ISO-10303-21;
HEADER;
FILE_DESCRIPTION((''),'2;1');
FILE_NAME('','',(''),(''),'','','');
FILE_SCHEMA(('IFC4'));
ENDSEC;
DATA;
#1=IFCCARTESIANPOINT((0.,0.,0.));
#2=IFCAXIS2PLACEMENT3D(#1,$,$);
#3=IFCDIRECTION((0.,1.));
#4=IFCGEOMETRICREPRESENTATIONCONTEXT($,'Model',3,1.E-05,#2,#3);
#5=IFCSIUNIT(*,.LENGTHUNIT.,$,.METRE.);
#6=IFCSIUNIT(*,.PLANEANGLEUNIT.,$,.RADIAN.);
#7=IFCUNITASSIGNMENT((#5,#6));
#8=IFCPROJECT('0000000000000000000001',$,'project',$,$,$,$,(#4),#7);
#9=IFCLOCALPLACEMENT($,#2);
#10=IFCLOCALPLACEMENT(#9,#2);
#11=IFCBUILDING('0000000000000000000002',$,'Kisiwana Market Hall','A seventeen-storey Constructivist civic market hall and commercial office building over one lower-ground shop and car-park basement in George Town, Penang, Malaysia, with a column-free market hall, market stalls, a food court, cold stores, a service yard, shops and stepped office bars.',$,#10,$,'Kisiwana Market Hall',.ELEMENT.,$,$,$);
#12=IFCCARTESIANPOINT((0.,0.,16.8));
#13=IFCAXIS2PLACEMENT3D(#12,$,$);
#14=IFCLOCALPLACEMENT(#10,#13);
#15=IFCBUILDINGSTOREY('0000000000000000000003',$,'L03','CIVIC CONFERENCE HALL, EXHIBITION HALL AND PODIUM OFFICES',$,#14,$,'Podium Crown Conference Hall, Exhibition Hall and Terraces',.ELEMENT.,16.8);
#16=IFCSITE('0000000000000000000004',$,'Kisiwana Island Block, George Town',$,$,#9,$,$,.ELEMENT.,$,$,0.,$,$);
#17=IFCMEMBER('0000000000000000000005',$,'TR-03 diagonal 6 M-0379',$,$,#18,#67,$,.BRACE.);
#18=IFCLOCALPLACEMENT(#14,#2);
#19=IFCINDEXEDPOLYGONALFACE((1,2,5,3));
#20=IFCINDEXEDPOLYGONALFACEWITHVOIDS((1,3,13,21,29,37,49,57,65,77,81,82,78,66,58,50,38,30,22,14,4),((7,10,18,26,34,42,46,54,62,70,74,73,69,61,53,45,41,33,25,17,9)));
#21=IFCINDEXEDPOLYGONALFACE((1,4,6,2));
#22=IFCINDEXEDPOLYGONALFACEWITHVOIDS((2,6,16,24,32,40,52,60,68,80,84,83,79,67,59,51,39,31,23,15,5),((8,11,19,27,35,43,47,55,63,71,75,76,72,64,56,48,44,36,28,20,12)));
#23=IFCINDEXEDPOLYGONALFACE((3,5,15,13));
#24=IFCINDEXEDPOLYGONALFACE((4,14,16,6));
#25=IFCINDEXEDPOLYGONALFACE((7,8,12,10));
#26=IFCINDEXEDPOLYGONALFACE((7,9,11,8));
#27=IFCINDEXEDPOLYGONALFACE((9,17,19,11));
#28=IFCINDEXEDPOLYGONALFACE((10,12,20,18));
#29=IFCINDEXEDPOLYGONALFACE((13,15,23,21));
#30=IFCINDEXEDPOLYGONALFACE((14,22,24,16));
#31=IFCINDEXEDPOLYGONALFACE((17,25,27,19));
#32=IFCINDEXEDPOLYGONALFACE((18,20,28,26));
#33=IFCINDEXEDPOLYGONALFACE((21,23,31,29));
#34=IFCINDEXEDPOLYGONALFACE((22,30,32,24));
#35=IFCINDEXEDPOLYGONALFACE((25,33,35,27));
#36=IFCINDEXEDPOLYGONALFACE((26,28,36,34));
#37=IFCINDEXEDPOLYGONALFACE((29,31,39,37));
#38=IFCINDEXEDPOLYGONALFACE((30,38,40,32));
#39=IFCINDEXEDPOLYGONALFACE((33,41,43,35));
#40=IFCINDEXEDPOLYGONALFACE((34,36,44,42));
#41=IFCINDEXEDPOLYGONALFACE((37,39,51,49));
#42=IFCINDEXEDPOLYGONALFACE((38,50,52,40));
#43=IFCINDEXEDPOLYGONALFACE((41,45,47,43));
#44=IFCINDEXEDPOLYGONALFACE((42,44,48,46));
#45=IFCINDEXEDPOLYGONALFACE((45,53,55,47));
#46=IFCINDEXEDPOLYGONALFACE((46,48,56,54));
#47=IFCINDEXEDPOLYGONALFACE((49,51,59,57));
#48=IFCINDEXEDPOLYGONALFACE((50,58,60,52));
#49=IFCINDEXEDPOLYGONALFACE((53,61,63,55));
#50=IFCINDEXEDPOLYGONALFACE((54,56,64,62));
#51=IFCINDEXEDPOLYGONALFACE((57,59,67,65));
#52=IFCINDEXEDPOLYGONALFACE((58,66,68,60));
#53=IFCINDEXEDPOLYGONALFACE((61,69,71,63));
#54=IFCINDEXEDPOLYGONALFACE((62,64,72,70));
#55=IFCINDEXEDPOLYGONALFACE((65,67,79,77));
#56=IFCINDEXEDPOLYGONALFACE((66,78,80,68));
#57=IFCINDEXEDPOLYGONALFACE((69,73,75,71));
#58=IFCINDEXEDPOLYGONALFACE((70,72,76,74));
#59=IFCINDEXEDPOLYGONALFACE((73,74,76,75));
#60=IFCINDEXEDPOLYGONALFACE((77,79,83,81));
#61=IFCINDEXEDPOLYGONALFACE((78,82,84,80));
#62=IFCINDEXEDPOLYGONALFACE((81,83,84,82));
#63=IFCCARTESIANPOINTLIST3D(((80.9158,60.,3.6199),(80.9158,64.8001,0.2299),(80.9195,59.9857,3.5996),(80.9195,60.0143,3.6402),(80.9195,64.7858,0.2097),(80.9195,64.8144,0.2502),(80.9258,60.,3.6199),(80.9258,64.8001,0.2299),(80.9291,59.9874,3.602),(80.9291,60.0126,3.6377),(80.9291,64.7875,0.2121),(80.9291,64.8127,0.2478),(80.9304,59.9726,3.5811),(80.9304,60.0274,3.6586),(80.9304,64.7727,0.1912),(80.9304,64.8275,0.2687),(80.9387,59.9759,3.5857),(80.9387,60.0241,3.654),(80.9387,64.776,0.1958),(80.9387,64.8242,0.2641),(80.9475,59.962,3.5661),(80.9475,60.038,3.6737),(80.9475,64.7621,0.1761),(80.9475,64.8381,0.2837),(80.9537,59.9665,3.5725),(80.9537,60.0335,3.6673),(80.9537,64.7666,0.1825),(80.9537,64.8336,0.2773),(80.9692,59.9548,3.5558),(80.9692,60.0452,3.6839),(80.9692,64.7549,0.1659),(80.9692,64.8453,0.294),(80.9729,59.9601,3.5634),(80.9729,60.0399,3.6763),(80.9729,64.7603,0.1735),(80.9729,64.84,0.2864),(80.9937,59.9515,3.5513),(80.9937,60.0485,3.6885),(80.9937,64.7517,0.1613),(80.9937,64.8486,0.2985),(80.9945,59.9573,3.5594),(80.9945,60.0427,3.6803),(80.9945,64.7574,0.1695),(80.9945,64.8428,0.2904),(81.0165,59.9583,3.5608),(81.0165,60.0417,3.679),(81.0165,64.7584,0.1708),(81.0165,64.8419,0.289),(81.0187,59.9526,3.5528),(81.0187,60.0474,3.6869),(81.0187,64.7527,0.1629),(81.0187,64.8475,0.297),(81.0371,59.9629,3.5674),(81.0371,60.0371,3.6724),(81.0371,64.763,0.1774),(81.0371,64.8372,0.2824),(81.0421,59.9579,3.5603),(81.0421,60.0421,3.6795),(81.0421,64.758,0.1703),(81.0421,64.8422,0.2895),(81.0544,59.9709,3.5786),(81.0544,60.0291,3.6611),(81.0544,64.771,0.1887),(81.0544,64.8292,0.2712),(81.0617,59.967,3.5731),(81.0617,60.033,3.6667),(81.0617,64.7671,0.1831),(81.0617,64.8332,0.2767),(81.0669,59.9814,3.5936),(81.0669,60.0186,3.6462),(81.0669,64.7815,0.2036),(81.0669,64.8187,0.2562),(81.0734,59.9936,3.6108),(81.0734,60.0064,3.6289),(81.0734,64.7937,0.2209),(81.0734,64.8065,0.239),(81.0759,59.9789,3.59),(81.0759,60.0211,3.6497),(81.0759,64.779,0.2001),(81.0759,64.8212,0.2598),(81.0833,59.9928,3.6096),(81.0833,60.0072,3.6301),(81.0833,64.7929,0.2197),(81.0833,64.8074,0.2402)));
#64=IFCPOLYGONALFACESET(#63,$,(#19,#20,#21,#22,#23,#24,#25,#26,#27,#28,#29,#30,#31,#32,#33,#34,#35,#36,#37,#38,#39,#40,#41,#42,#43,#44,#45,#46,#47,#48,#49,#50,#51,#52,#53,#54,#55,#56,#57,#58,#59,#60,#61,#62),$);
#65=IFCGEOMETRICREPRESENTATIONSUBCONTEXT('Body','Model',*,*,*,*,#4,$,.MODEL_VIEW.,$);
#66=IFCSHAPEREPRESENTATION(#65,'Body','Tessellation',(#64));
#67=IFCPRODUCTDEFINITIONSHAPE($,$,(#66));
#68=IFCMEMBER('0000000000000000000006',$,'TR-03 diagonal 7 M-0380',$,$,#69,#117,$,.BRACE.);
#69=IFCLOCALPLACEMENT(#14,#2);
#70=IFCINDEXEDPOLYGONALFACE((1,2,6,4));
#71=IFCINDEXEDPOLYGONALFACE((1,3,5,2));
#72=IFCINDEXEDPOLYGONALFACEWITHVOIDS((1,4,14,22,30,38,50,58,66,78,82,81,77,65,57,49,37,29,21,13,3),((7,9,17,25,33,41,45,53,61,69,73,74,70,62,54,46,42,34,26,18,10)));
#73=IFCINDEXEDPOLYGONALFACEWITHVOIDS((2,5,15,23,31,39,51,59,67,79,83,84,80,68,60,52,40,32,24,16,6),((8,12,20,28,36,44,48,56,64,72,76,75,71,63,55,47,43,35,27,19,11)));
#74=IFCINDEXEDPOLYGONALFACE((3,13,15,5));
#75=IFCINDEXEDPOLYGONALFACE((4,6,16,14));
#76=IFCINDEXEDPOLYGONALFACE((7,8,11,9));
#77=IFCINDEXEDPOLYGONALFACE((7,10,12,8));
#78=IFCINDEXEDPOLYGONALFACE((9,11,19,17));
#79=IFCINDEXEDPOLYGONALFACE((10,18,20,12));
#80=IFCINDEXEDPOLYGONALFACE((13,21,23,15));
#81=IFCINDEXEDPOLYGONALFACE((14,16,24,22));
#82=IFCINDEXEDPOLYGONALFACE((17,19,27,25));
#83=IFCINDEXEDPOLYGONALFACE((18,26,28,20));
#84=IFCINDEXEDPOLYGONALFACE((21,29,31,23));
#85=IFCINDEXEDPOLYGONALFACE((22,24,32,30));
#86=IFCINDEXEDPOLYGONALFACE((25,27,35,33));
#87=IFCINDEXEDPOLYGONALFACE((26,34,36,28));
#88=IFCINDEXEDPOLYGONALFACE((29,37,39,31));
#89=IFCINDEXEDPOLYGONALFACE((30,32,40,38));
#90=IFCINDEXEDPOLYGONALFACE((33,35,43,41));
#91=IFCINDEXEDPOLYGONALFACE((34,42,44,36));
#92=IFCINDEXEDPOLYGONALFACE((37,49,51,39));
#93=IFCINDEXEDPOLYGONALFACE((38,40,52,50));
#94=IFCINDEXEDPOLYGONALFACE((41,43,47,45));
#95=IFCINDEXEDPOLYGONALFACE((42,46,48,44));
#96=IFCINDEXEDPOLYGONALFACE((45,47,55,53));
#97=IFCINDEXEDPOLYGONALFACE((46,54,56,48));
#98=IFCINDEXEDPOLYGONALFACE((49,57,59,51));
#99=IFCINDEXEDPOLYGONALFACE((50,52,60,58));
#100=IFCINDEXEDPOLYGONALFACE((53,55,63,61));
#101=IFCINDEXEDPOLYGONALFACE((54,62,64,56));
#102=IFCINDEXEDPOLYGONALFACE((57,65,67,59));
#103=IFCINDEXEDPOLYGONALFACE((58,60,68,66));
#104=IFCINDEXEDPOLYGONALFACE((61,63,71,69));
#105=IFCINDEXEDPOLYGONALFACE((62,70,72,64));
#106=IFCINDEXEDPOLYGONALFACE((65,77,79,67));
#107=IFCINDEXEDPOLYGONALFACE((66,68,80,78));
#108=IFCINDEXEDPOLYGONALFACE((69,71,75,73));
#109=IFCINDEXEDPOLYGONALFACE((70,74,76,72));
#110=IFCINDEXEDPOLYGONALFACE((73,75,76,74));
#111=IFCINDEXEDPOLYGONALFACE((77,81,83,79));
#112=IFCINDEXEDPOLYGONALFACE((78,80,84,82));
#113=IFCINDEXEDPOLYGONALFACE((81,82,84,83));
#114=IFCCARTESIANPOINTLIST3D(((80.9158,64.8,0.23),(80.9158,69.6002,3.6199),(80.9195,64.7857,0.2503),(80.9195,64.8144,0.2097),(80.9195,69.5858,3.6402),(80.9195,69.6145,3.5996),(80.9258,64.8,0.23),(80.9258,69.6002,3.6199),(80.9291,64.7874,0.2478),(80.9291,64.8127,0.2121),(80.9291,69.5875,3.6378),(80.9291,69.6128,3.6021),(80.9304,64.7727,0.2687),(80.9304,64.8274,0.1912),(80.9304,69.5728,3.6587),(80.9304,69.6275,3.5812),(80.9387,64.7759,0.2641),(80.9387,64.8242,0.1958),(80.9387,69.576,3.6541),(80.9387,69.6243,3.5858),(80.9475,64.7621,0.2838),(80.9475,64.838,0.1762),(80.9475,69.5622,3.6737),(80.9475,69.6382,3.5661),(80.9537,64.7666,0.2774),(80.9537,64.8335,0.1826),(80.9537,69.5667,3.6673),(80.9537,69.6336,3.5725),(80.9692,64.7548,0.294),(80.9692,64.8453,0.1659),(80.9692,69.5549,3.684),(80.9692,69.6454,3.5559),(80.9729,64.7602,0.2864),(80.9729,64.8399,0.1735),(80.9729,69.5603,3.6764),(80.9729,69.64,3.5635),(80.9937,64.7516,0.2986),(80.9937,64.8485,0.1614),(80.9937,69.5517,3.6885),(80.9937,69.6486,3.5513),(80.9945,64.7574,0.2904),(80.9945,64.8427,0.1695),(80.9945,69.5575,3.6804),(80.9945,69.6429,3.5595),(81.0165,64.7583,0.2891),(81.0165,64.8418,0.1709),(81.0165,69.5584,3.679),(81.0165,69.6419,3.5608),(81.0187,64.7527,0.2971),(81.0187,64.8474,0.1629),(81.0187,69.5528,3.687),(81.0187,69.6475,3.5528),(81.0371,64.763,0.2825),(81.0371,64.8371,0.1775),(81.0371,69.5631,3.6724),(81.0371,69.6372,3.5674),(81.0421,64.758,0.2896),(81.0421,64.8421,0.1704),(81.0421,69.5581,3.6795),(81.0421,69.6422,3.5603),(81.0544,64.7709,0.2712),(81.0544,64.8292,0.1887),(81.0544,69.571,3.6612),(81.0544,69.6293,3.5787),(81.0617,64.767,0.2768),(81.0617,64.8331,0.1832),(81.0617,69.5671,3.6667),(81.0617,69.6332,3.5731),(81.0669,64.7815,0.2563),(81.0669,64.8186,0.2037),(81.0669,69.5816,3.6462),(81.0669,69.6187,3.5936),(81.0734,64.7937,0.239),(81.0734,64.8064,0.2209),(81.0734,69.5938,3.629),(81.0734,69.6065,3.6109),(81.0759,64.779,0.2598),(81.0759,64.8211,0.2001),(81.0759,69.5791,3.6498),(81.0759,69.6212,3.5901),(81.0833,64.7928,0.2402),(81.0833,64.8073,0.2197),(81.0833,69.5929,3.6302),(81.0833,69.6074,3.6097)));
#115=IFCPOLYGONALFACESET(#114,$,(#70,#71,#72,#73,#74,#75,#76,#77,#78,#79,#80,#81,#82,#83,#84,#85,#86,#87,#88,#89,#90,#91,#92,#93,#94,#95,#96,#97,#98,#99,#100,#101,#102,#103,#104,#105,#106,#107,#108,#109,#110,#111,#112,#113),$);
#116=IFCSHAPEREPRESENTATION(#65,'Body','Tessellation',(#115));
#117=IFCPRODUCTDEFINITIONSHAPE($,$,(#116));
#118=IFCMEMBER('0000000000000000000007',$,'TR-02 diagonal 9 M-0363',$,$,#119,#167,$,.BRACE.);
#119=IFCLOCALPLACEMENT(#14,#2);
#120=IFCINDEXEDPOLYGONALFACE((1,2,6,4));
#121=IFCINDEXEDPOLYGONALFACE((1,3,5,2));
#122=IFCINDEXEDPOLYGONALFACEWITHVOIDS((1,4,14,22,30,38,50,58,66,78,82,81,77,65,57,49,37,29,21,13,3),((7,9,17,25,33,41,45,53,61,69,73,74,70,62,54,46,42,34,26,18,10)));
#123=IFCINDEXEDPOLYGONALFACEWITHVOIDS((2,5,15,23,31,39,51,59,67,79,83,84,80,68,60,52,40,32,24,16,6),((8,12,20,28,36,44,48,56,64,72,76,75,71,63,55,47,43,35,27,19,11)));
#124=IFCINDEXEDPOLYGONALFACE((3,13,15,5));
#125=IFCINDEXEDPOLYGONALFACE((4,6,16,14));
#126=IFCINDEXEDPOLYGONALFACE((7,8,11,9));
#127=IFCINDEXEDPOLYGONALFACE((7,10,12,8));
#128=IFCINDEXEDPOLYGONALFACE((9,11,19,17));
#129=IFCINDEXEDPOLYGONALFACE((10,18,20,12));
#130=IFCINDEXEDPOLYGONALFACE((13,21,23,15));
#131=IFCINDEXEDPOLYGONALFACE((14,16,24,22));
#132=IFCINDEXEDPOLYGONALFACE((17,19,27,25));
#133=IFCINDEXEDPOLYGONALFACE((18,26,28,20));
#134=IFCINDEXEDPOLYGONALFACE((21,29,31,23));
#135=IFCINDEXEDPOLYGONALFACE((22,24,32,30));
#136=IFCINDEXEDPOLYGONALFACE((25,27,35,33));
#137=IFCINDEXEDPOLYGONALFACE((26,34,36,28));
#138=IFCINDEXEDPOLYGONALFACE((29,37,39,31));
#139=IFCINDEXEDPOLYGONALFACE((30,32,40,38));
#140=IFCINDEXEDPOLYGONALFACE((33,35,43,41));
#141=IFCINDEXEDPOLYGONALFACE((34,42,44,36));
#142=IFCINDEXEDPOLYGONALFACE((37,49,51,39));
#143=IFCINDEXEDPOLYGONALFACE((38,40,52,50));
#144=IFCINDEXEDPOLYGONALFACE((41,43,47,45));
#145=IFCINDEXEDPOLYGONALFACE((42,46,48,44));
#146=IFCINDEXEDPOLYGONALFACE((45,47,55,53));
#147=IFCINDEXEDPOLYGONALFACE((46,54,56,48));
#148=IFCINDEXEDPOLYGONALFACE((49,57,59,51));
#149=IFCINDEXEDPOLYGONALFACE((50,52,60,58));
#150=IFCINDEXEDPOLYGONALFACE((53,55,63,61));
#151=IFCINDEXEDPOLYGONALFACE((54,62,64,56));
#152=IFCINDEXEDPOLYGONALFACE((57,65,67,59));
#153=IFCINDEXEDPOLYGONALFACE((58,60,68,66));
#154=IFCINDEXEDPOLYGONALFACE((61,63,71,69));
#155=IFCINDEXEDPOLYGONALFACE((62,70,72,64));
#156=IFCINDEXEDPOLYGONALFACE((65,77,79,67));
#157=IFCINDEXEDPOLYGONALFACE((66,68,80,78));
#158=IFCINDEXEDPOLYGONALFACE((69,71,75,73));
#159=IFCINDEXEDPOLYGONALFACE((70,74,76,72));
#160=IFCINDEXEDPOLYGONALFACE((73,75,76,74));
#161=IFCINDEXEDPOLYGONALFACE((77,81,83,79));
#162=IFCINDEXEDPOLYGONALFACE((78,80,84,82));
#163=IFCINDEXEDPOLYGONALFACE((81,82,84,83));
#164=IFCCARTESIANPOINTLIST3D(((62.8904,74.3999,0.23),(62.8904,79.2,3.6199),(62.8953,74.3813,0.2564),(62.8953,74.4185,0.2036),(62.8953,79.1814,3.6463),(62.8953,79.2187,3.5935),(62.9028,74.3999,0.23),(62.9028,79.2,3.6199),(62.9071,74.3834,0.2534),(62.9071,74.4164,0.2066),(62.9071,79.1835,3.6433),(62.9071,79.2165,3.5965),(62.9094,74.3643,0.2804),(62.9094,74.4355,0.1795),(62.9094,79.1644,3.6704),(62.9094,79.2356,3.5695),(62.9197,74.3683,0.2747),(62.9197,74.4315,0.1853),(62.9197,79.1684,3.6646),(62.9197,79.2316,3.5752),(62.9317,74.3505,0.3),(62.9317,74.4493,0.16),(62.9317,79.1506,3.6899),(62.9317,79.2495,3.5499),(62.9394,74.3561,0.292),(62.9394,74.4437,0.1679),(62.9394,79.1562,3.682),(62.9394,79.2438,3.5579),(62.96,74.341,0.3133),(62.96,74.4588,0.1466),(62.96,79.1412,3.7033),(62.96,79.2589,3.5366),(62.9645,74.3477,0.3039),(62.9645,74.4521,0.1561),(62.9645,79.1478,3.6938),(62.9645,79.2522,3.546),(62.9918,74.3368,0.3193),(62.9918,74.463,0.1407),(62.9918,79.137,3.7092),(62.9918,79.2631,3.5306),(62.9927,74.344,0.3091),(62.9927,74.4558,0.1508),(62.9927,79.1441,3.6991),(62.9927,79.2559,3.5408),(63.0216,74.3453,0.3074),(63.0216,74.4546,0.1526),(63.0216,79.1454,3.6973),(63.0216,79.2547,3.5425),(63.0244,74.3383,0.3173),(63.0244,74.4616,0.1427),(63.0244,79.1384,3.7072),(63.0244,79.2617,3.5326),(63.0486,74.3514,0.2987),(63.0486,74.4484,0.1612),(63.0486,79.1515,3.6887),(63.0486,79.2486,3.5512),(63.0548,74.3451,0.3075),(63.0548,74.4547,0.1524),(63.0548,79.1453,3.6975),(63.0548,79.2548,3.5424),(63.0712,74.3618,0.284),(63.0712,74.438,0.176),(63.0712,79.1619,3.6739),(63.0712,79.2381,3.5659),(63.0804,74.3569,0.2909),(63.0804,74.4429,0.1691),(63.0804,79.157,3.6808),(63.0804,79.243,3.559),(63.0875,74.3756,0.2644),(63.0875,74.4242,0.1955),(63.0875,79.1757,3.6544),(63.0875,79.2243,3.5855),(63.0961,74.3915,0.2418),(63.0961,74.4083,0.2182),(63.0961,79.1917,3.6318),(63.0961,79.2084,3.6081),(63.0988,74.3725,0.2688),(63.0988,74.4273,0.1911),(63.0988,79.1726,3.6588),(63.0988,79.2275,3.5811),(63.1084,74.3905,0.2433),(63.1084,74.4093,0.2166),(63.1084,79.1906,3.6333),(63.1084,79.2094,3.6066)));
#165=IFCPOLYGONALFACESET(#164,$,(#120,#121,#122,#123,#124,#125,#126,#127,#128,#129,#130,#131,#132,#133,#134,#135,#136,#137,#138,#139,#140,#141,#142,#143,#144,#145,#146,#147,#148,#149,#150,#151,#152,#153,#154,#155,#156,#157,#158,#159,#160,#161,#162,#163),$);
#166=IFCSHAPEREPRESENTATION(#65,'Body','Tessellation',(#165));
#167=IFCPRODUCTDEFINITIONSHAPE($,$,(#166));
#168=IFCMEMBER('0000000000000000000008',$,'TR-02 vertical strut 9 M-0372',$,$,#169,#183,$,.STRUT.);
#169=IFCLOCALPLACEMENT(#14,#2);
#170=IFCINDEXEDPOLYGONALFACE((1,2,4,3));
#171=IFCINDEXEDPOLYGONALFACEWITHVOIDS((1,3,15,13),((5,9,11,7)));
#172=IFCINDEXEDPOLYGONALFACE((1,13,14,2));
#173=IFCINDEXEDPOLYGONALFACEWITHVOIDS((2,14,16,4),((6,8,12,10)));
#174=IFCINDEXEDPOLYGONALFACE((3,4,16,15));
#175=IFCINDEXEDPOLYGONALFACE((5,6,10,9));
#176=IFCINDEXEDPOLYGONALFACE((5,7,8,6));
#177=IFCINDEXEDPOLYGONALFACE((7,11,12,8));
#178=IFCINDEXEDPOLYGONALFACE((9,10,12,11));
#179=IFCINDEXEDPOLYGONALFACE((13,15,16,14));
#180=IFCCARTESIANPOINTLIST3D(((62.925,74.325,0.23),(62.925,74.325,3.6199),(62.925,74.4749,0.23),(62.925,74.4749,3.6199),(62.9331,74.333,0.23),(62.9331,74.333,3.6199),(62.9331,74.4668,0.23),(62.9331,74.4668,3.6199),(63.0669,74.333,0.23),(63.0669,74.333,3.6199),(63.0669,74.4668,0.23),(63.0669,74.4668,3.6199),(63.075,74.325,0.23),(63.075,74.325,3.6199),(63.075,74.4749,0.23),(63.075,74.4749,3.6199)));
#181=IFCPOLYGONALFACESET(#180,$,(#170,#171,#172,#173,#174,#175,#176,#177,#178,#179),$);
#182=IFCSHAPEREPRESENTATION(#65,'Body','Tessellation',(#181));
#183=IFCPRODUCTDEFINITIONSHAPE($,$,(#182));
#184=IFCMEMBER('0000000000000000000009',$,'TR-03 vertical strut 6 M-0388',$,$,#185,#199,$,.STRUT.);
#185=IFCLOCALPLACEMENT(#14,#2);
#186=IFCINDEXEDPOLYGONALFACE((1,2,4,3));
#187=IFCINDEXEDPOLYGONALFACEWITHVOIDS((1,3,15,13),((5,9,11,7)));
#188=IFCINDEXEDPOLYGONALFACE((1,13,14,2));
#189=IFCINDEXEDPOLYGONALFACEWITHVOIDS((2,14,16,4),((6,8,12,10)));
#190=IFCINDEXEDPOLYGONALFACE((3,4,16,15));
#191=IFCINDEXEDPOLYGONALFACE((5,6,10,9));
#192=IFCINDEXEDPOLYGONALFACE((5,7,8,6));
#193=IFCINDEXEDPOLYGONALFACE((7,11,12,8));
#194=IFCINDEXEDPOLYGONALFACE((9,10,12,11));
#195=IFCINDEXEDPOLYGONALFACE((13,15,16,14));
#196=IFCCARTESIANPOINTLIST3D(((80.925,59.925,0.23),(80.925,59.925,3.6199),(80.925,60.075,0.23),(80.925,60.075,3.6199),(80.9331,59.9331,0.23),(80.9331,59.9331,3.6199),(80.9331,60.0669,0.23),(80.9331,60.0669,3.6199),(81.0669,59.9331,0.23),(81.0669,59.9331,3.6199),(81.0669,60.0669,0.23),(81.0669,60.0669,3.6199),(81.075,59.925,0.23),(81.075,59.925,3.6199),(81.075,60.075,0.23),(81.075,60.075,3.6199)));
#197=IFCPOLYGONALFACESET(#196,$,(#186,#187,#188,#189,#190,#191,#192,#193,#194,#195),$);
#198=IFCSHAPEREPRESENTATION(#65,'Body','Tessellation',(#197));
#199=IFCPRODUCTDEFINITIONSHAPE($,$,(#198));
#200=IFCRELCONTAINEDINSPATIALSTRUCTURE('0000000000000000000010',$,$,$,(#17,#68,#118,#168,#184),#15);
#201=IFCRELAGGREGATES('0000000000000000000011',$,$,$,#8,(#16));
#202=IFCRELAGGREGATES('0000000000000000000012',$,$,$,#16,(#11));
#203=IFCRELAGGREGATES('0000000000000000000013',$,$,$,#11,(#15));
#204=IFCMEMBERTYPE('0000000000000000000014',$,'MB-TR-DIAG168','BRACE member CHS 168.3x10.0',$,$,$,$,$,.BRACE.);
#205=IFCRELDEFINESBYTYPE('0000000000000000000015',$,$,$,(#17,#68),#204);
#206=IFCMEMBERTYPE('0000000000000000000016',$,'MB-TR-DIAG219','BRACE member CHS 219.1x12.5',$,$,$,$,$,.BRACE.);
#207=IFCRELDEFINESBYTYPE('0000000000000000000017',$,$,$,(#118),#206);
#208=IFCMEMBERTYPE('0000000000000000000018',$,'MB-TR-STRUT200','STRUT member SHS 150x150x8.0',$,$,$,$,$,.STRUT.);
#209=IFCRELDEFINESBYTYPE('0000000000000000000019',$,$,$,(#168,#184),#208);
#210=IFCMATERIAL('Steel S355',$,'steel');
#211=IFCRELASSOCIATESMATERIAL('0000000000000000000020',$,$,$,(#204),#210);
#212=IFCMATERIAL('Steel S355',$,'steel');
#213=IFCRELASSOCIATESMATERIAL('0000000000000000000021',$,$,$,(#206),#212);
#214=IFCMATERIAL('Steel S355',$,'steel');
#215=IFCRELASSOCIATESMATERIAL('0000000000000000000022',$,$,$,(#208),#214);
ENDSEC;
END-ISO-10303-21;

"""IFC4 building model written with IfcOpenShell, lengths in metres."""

from ifc_helpers import new_model, si_unit, direction, frame, origin, origin_2d, place, context, subcontext, project, spatial, hollow_rectangle, hollow_circle, extrude, material, material_profile, profile_set, type_object, element, save


model = new_model("IFC4")

# Units and contexts
model_context = context("Model", 3, precision=1e-05, world=origin(), true_north=direction((0.0, 1.0)))
body_context = subcontext(model_context, "Body", "Model", "MODEL_VIEW")
ifc_project = project(units=[si_unit("LENGTHUNIT", "METRE"), si_unit("PLANEANGLEUNIT", "RADIAN")], contexts=[model_context])

# Site, building, storey
site_placement = place(None, origin())
site = spatial("IfcSite", under=ifc_project, at=site_placement, Name="Kisiwana Island Block, George Town", CompositionType="ELEMENT", RefElevation=0.0)
building_placement = place(site_placement, origin())
building = spatial("IfcBuilding", under=site, at=building_placement, Name="Kisiwana Market Hall", Description="A seventeen-storey Constructivist civic market hall and commercial office building over one lower-ground shop and car-park basement in George Town, Penang, Malaysia, with a column-free market hall, market stalls, a food court, cold stores, a service yard, shops and stepped office bars.", LongName="Kisiwana Market Hall", CompositionType="ELEMENT")
storey_placement = place(building_placement, frame((0.0, 0.0, 16.8)))
storey = spatial("IfcBuildingStorey", under=building, at=storey_placement, Name="L03", Description="CIVIC CONFERENCE HALL, EXHIBITION HALL AND PODIUM OFFICES", LongName="Podium Crown Conference Hall, Exhibition Hall and Terraces", CompositionType="ELEMENT", Elevation=16.8)

# Members
ifc_material_1 = material(Name="Steel S355", Category="steel")
ifc_material_profile_1 = material_profile(ifc_material_1, hollow_circle(Radius=0.0842, WallThickness=0.01, at=origin_2d()), Name="CHS 168.3x10.0")
ifc_profile_set_1 = profile_set([ifc_material_profile_1], Name="Steel S355")
member_type_1 = type_object("IfcMemberType", Name="MB-TR-DIAG168", Description="BRACE member CHS 168.3x10.0", PredefinedType="BRACE", material=ifc_profile_set_1)
for number, where, z_axis, x_axis, name in (
    (1, (81.0, 60.0, 3.6199), (0.0, 0.816838, -0.576868), (-1.0, 0.0, 0.0), "TR-03 diagonal 6 M-0379"),
    (2, (81.0, 64.8, 0.23), (0.0, 0.816838, 0.576868), (-1.0, 0.0, 0.0), "TR-03 diagonal 7 M-0380"),
):
    element("IfcMember", number, at=place(storey_placement, frame(where, z_axis=z_axis, x_axis=x_axis)), inside=storey, type_object=member_type_1, Name=name, PredefinedType="BRACE", context=body_context, shape_type="SweptSolid", body=[
        extrude(hollow_circle(Radius=0.0842, WallThickness=0.01, at=origin_2d()), origin(), (0.0, 0.0, 1.0), 5.8765),
    ])
ifc_material_2 = material(Name="Steel S355", Category="steel")
ifc_material_profile_2 = material_profile(ifc_material_2, hollow_circle(Radius=0.1096, WallThickness=0.0125, at=origin_2d()), Name="CHS 219.1x12.5")
ifc_profile_set_2 = profile_set([ifc_material_profile_2], Name="Steel S355")
member_type_2 = type_object("IfcMemberType", Name="MB-TR-DIAG219", Description="BRACE member CHS 219.1x12.5", PredefinedType="BRACE", material=ifc_profile_set_2)
member_1_placement = place(storey_placement, frame((63.0, 74.3999, 0.23), z_axis=(0.0, 0.816838, 0.576868), x_axis=(-1.0, 0.0, 0.0)))
element("IfcMember", 3, at=member_1_placement, inside=storey, type_object=member_type_2, Name="TR-02 diagonal 9 M-0363", PredefinedType="BRACE", context=body_context, shape_type="SweptSolid", body=[
    extrude(hollow_circle(Radius=0.1096, WallThickness=0.0125, at=origin_2d()), origin(), (0.0, 0.0, 1.0), 5.8765),
])
ifc_material_3 = material(Name="Steel S355", Category="steel")
ifc_material_profile_3 = material_profile(ifc_material_3, hollow_rectangle(XDim=0.1499, YDim=0.1499, WallThickness=0.0081, at=origin_2d()), Name="SHS 150x150x8.0")
ifc_profile_set_3 = profile_set([ifc_material_profile_3], Name="Steel S355")
member_type_3 = type_object("IfcMemberType", Name="MB-TR-STRUT200", Description="STRUT member SHS 150x150x8.0", PredefinedType="STRUT", material=ifc_profile_set_3)
for number, where, z_axis, x_axis, name in (
    (4, (63.0, 74.3999, 0.23), (0.0, 0.0, 1.0), (1.0, 0.0, 0.0), "TR-02 vertical strut 9 M-0372"),
    (5, (81.0, 60.0, 0.23), (0.0, 0.0, 1.0), (1.0, 0.0, 0.0), "TR-03 vertical strut 6 M-0388"),
):
    element("IfcMember", number, at=place(storey_placement, frame(where, z_axis=z_axis, x_axis=x_axis)), inside=storey, type_object=member_type_3, Name=name, PredefinedType="STRUT", context=body_context, shape_type="SweptSolid", body=[
        extrude(hollow_rectangle(XDim=0.1499, YDim=0.1499, WallThickness=0.0081, at=origin_2d()), origin(), (0.0, 0.0, 1.0), 3.3899),
    ])

save(model, "model.ifc")
